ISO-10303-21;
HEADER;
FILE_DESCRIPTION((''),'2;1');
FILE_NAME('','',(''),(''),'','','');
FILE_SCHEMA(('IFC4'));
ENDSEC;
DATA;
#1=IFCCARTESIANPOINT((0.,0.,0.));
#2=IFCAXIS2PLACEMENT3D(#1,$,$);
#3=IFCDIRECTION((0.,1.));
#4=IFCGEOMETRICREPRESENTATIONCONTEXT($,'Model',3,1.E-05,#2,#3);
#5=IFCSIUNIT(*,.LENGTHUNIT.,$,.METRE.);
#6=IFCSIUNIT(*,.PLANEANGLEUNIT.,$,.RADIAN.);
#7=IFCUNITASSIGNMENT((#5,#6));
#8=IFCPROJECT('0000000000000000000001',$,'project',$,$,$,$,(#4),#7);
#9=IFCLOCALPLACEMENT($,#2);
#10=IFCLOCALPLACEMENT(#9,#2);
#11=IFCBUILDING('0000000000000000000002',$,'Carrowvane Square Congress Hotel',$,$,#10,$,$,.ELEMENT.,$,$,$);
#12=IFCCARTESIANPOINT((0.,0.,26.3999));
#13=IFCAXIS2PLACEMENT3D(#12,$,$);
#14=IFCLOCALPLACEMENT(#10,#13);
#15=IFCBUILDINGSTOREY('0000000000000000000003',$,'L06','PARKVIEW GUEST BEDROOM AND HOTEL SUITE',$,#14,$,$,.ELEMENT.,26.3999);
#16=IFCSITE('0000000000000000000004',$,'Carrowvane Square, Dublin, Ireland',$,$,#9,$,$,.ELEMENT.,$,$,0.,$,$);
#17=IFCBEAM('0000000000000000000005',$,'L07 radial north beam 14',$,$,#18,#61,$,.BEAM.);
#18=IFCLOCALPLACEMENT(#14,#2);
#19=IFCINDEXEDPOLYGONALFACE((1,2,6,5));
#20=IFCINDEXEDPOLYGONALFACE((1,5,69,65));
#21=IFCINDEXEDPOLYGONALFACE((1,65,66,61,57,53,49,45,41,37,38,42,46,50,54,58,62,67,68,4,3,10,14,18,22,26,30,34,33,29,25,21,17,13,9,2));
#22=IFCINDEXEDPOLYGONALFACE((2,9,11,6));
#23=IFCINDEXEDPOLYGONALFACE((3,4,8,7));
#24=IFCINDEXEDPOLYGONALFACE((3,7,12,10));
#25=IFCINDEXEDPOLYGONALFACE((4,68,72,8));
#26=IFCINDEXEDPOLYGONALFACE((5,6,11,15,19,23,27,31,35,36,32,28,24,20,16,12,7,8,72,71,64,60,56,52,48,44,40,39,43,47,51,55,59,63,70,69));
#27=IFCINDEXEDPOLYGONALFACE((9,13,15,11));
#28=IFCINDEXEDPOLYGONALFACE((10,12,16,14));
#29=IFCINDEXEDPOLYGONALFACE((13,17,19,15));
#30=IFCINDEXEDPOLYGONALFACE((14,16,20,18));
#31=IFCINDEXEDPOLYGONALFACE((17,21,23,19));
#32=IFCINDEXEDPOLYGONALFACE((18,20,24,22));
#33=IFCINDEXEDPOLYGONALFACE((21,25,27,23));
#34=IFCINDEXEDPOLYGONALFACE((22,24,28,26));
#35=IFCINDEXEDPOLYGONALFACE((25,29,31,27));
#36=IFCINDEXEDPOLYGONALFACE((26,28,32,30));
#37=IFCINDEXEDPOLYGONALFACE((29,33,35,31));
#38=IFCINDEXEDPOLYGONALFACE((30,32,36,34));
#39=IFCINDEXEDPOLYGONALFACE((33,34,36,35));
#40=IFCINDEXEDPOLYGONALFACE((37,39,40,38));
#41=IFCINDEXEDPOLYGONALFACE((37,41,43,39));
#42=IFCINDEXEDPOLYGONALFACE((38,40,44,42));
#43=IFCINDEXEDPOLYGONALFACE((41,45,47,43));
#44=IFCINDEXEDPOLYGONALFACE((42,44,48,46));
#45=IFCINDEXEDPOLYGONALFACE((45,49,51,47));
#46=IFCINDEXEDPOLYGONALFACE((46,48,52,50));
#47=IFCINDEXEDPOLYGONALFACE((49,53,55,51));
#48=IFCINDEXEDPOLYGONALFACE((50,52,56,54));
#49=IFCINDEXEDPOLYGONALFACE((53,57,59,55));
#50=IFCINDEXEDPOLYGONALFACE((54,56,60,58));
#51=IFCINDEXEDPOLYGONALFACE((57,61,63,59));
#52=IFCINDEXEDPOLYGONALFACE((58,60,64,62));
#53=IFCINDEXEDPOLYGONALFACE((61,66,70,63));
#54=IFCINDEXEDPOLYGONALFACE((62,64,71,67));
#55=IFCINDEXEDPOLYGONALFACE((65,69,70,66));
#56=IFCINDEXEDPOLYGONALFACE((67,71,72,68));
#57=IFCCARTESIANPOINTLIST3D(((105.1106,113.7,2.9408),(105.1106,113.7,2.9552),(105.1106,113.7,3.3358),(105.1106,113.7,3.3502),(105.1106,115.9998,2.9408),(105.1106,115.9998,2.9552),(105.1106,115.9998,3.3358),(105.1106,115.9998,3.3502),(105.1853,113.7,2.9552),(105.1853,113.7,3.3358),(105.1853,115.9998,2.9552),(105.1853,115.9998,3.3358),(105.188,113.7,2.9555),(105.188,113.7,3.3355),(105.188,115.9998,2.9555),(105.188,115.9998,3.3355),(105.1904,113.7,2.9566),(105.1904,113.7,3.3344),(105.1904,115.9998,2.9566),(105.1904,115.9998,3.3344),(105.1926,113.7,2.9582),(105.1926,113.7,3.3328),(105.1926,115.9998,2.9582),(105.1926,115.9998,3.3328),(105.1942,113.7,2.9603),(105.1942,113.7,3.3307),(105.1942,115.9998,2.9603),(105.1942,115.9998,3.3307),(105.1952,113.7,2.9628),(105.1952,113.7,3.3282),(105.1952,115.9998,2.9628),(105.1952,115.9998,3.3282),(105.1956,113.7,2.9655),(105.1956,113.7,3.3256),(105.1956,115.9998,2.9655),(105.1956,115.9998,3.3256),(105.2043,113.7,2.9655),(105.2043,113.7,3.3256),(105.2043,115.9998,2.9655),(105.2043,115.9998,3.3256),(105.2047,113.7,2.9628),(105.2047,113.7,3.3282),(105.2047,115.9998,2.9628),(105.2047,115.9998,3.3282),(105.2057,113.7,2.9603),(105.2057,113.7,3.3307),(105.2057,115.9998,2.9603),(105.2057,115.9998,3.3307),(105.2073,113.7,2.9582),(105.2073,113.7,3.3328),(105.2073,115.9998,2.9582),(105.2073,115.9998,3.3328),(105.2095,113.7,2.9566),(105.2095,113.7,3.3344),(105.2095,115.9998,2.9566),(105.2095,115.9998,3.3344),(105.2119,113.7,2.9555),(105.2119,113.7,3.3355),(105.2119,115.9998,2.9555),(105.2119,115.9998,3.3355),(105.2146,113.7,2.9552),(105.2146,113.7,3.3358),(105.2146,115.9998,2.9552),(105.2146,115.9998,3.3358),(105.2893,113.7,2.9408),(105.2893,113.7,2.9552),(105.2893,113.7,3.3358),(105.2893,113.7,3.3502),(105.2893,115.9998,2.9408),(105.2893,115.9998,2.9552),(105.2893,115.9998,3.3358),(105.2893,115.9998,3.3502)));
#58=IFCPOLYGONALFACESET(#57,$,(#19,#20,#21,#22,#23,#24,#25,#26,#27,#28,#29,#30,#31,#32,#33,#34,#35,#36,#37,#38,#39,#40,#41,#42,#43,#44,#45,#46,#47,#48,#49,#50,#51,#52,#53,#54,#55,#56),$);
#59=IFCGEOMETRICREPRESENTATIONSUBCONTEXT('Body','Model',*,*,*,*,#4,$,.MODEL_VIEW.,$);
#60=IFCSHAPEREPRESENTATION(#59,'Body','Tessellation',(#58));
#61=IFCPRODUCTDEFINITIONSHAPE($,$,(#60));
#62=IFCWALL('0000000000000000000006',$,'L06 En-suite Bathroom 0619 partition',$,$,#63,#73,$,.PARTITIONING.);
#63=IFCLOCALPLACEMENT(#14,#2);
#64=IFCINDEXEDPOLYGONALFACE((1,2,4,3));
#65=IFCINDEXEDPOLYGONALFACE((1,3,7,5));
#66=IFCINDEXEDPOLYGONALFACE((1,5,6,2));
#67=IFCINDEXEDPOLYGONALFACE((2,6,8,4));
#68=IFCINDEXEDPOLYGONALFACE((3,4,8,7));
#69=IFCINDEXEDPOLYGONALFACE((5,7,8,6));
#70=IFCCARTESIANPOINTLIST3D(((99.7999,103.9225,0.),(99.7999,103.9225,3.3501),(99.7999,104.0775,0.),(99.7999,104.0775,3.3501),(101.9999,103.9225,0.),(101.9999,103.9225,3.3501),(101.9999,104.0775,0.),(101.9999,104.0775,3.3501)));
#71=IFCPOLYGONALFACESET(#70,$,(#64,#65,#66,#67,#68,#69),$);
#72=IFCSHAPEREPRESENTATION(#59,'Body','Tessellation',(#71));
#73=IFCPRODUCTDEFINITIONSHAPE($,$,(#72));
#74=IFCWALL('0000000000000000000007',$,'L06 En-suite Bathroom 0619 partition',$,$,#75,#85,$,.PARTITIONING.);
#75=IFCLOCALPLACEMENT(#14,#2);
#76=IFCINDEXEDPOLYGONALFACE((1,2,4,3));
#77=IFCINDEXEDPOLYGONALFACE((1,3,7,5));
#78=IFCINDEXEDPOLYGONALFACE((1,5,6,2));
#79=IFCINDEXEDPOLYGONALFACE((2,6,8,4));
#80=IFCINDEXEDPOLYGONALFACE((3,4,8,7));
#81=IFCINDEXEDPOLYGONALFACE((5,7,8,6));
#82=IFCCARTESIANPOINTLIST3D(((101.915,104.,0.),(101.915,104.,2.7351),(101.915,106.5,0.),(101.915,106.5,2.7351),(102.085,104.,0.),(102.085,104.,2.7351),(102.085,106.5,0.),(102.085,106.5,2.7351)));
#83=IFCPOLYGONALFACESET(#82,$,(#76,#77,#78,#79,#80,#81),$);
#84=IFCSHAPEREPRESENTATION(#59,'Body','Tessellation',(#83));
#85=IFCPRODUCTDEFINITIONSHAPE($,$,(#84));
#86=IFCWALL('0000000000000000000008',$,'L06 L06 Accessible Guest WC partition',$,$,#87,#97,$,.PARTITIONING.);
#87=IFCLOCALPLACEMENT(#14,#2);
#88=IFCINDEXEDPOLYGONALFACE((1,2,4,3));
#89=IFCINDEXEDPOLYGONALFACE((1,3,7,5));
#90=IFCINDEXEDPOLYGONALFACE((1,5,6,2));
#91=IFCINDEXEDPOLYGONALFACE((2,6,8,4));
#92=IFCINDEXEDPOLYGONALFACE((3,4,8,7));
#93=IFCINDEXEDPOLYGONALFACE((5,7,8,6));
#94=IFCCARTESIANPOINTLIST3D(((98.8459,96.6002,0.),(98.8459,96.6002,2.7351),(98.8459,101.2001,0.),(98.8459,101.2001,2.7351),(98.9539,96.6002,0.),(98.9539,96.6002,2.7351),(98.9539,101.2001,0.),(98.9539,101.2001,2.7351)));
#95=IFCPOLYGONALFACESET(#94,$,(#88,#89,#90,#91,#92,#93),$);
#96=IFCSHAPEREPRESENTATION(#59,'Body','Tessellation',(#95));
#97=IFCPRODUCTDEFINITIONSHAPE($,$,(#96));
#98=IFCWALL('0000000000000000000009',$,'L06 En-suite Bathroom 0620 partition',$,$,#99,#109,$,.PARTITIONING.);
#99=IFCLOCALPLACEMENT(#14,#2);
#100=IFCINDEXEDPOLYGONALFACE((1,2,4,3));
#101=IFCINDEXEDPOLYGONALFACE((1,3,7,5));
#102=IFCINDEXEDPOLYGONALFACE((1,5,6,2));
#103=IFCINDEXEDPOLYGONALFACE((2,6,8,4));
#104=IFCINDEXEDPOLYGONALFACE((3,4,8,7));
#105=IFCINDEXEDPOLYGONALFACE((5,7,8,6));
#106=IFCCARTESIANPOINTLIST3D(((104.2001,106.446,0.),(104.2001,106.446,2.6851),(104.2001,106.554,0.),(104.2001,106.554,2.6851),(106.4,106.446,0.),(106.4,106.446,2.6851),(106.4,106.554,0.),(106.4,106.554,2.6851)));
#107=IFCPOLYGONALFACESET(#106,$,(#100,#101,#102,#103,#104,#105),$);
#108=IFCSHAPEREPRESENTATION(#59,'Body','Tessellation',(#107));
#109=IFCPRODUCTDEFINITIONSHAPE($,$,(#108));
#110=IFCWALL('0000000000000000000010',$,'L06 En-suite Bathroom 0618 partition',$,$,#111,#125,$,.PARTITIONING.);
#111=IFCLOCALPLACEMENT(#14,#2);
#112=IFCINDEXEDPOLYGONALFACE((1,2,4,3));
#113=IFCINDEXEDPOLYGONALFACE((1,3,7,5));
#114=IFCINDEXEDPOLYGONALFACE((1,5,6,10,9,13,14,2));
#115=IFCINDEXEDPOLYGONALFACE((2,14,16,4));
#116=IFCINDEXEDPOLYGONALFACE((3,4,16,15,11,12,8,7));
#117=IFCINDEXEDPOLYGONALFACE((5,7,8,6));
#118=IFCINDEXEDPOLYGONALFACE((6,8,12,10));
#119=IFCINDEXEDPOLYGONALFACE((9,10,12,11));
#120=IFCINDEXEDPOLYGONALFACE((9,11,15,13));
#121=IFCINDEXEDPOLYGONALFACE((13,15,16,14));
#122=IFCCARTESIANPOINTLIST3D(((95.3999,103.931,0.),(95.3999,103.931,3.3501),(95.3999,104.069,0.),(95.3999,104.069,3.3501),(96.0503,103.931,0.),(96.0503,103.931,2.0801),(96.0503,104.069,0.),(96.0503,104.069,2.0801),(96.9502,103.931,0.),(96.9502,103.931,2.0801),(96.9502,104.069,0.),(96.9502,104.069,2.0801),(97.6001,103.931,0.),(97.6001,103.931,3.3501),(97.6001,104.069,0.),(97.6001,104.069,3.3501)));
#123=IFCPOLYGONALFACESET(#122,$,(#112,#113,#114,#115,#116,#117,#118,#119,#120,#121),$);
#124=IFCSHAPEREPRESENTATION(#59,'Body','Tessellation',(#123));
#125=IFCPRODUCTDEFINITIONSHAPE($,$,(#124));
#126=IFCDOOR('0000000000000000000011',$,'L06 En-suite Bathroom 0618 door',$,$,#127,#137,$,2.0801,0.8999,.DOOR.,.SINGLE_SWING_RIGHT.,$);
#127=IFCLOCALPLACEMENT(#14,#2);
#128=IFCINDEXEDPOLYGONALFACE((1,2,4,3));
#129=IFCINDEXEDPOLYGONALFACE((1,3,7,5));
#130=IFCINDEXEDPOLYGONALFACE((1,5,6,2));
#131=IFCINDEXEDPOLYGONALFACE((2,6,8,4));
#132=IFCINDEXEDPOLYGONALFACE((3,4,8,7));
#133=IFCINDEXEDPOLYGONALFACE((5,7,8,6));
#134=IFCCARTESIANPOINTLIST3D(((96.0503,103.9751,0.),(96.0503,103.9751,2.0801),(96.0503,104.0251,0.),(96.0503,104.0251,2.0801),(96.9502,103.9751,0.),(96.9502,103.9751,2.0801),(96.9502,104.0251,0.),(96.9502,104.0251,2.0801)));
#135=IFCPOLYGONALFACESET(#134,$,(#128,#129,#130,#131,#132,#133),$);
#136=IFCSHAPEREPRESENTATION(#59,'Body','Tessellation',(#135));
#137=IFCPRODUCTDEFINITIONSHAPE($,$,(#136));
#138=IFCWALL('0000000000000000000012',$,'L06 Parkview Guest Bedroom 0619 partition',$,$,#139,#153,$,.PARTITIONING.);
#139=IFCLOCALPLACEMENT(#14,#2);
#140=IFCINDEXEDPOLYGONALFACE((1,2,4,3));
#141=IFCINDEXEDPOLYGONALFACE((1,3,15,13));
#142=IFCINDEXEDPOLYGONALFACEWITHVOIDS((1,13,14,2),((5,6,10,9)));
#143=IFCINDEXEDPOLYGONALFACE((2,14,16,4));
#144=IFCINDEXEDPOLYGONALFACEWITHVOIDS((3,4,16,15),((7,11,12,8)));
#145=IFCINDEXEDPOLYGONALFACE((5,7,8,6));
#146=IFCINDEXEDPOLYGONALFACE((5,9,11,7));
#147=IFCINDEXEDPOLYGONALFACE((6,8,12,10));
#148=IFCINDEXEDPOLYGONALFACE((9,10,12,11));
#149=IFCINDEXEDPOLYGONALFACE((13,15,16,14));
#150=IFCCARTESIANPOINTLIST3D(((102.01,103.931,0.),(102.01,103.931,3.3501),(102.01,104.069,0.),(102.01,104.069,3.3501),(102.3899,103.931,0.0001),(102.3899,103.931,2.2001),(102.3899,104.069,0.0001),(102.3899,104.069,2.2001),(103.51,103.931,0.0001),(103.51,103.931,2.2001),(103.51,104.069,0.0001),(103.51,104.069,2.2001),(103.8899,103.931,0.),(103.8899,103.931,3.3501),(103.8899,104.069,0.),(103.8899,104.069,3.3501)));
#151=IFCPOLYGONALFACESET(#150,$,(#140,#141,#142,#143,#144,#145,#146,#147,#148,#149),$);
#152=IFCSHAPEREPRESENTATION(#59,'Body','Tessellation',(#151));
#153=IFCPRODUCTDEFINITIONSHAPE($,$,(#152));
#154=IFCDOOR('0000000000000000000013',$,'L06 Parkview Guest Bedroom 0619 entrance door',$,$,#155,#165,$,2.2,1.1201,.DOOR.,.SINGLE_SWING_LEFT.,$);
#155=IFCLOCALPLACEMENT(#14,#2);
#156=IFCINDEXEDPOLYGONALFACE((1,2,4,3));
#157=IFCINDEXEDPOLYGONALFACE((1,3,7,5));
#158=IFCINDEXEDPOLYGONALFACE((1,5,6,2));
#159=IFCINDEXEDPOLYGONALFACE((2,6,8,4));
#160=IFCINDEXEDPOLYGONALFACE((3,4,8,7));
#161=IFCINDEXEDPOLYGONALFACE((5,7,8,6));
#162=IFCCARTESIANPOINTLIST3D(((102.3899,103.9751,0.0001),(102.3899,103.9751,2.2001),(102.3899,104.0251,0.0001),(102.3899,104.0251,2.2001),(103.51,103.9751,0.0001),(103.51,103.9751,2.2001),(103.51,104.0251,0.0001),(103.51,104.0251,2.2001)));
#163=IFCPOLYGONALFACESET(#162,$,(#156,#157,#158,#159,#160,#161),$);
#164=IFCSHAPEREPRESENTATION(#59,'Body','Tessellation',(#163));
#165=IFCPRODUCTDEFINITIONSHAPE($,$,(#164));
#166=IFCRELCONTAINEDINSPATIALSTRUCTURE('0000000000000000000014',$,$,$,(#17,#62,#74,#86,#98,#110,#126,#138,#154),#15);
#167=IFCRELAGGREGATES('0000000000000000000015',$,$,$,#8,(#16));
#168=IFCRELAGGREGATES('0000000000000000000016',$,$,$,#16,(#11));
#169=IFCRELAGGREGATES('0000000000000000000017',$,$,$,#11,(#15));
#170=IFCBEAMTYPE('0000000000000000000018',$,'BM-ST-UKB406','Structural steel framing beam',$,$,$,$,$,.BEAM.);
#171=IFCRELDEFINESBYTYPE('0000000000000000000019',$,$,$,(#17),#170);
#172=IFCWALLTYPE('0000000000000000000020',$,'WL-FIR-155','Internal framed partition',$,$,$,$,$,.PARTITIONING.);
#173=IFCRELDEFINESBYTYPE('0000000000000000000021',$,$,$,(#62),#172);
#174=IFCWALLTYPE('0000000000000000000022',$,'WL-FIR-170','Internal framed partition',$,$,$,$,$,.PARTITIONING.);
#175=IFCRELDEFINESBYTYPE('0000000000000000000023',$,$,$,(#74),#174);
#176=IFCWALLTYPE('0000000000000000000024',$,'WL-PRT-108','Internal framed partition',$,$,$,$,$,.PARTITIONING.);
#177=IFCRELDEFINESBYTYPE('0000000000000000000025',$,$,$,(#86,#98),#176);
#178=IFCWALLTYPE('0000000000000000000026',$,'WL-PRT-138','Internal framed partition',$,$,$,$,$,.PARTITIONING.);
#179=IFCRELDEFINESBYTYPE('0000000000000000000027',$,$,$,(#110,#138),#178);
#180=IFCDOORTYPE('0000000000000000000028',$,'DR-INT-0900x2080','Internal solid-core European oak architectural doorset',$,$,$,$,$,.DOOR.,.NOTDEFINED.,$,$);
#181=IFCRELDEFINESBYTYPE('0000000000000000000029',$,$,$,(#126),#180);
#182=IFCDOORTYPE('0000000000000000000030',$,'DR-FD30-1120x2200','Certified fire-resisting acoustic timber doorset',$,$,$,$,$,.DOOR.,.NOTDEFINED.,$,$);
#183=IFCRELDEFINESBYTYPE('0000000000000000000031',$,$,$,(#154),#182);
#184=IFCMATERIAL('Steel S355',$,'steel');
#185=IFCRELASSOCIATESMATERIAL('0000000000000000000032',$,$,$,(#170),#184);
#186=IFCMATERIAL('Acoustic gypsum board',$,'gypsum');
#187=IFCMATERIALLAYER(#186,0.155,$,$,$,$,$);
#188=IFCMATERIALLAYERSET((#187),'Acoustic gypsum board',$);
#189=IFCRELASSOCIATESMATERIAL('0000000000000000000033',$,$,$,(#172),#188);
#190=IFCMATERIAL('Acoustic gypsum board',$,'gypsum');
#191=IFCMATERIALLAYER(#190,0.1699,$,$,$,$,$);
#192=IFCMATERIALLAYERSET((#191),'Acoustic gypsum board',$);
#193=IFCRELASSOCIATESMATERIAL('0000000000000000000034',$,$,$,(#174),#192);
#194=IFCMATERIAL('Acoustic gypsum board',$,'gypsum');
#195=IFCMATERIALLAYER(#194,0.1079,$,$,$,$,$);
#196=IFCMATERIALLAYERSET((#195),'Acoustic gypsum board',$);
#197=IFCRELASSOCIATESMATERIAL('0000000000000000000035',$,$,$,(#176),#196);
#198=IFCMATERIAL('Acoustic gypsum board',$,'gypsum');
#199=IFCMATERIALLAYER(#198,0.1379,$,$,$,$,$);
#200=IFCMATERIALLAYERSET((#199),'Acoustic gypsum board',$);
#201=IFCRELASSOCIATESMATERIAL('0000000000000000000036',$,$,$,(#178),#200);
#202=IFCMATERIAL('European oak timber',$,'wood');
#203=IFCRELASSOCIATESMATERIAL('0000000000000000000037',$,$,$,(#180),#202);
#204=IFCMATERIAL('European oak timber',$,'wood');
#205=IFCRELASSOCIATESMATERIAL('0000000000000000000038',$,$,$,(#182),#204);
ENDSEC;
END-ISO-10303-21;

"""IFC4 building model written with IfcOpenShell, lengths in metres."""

from ifc_helpers import new_model, si_unit, direction, frame, frame_2d, origin, origin_2d, place, context, subcontext, project, spatial, rectangle, i_section, extrude, material, layer, layer_set, material_profile, profile_set, type_object, element, fill, save


model = new_model("IFC4")

# Units and contexts
model_context = context("Model", 3, precision=1e-05, world=origin(), true_north=direction((0.0, 1.0)))
body_context = subcontext(model_context, "Body", "Model", "MODEL_VIEW")
ifc_project = project(units=[si_unit("LENGTHUNIT", "METRE"), si_unit("PLANEANGLEUNIT", "RADIAN")], contexts=[model_context])

# Site, building, storey
site_placement = place(None, origin())
site = spatial("IfcSite", under=ifc_project, at=site_placement, Name="Carrowvane Square, Dublin, Ireland", CompositionType="ELEMENT", RefElevation=0.0)
building_placement = place(site_placement, origin())
building = spatial("IfcBuilding", under=site, at=building_placement, Name="Carrowvane Square Congress Hotel", CompositionType="ELEMENT")
storey_placement = place(building_placement, frame((0.0, 0.0, 26.3999)))
storey = spatial("IfcBuildingStorey", under=building, at=storey_placement, Name="L06", Description="PARKVIEW GUEST BEDROOM AND HOTEL SUITE", CompositionType="ELEMENT", Elevation=26.3999)

# Beam
ifc_material_1 = material(Name="Steel S355", Category="steel")
ifc_material_profile_1 = material_profile(ifc_material_1, i_section(OverallWidth=0.1787, OverallDepth=0.4094, WebThickness=0.0088, FlangeThickness=0.0144, FilletRadius=0.0103, at=origin_2d()), Name="UKB 406x178x67")
ifc_profile_set_1 = profile_set([ifc_material_profile_1], Name="Steel S355")
beam_type_1 = type_object("IfcBeamType", Name="BM-ST-UKB406", Description="Structural steel framing beam", PredefinedType="BEAM", material=ifc_profile_set_1)
beam_1_placement = place(storey_placement, frame((105.2, 113.7, 3.1455), z_axis=(0.0, 1.0, 0.0), x_axis=(-1.0, 0.0, 0.0)))
element("IfcBeam", 1, at=beam_1_placement, inside=storey, type_object=beam_type_1, Name="L07 radial north beam 14", PredefinedType="BEAM", context=body_context, shape_type="SweptSolid", body=[
    extrude(i_section(OverallWidth=0.1787, OverallDepth=0.4094, WebThickness=0.0088, FlangeThickness=0.0144, FilletRadius=0.0103, at=origin_2d()), origin(), (0.0, 0.0, 1.0), 2.2998),
])

# Shared definitions
ifc_material_2 = material(Name="Acoustic gypsum board", Category="gypsum")
ifc_layer_1 = layer(ifc_material_2, 0.155)
ifc_layer_set_1 = layer_set([ifc_layer_1], Name="Acoustic gypsum board")
wall_type_1 = type_object("IfcWallType", Name="WL-FIR-155", Description="Internal framed partition", PredefinedType="PARTITIONING", material=ifc_layer_set_1)

# Walls
wall_1_placement = place(storey_placement, frame((102.0, 104.0, 0.0), z_axis=(0.0, 0.0, 1.0), x_axis=(-1.0, 0.0, 0.0)))
element("IfcWall", 2, at=wall_1_placement, inside=storey, type_object=wall_type_1, Name="L06 En-suite Bathroom 0619 partition", PredefinedType="PARTITIONING", context=body_context, shape_type="SweptSolid", body=[
    extrude(rectangle(XDim=2.2, YDim=0.155, at=frame_2d((1.1001, 0.0))), origin(), (0.0, 0.0, 1.0), 3.3501),
])
ifc_material_3 = material(Name="Acoustic gypsum board", Category="gypsum")
ifc_layer_2 = layer(ifc_material_3, 0.1699)
ifc_layer_set_2 = layer_set([ifc_layer_2], Name="Acoustic gypsum board")
wall_type_2 = type_object("IfcWallType", Name="WL-FIR-170", Description="Internal framed partition", PredefinedType="PARTITIONING", material=ifc_layer_set_2)
wall_2_placement = place(storey_placement, frame((102.0, 106.5, 0.0), z_axis=(0.0, 0.0, 1.0), x_axis=(0.0, -1.0, 0.0)))
element("IfcWall", 3, at=wall_2_placement, inside=storey, type_object=wall_type_2, Name="L06 En-suite Bathroom 0619 partition", PredefinedType="PARTITIONING", context=body_context, shape_type="SweptSolid", body=[
    extrude(rectangle(XDim=2.5, YDim=0.1699, at=frame_2d((1.25, 0.0))), origin(), (0.0, 0.0, 1.0), 2.7351),
])

# Walls
ifc_material_4 = material(Name="Acoustic gypsum board", Category="gypsum")
ifc_layer_3 = layer(ifc_material_4, 0.1079)
ifc_layer_set_3 = layer_set([ifc_layer_3], Name="Acoustic gypsum board")
wall_type_3 = type_object("IfcWallType", Name="WL-PRT-108", Description="Internal framed partition", PredefinedType="PARTITIONING", material=ifc_layer_set_3)
wall_3_placement = place(storey_placement, frame((98.8999, 101.2, 0.0), z_axis=(0.0, 0.0, 1.0), x_axis=(0.0, -1.0, 0.0)))
element("IfcWall", 4, at=wall_3_placement, inside=storey, type_object=wall_type_3, Name="L06 L06 Accessible Guest WC partition", PredefinedType="PARTITIONING", context=body_context, shape_type="SweptSolid", body=[
    extrude(rectangle(XDim=4.5999, YDim=0.1079, at=frame_2d((2.2998, 0.0))), origin(), (0.0, 0.0, 1.0), 2.7351),
])
wall_4_placement = place(storey_placement, frame((104.2, 106.5, 0.0), z_axis=(0.0, 0.0, 1.0), x_axis=(1.0, 0.0, 0.0)))
element("IfcWall", 5, at=wall_4_placement, inside=storey, type_object=wall_type_3, Name="L06 En-suite Bathroom 0620 partition", PredefinedType="PARTITIONING", context=body_context, shape_type="SweptSolid", body=[
    extrude(rectangle(XDim=2.2, YDim=0.1079, at=frame_2d((1.1001, 0.0))), origin(), (0.0, 0.0, 1.0), 2.6851),
])

# Walls, openings, doors
ifc_material_5 = material(Name="Acoustic gypsum board", Category="gypsum")
ifc_layer_4 = layer(ifc_material_5, 0.1379)
ifc_layer_set_4 = layer_set([ifc_layer_4], Name="Acoustic gypsum board")
wall_type_4 = type_object("IfcWallType", Name="WL-PRT-138", Description="Internal framed partition", PredefinedType="PARTITIONING", material=ifc_layer_set_4)
wall_5_placement = place(storey_placement, frame((97.6001, 104.0, 0.0), z_axis=(0.0, 0.0, 1.0), x_axis=(-1.0, 0.0, 0.0)))
wall_5 = element("IfcWall", 6, at=wall_5_placement, inside=storey, type_object=wall_type_4, Name="L06 En-suite Bathroom 0618 partition", PredefinedType="PARTITIONING", context=body_context, shape_type="SweptSolid", body=[
    extrude(rectangle(XDim=2.2002, YDim=0.1379, at=frame_2d((1.1001, 0.0))), origin(), (0.0, 0.0, 1.0), 3.3501),
])
opening_1_placement = place(wall_5_placement, frame((0.6499, 0.0, 0.0)))
opening_1 = element("IfcOpeningElement", 7, at=opening_1_placement, cuts=wall_5, PredefinedType="OPENING", context=body_context, shape_type="SweptSolid", body=[
    extrude(rectangle(XDim=0.8999, YDim=2.0801, at=frame_2d((0.45, 1.04))), frame((0.0, 0.0789, 0.0), z_axis=(0.0, -1.0, 0.0), x_axis=(1.0, 0.0, 0.0)), (0.0, 0.0, 1.0), 0.158),
])
ifc_material_6 = material(Name="European oak timber", Category="wood")
door_type_1 = type_object("IfcDoorType", Name="DR-INT-0900x2080", Description="Internal solid-core European oak architectural doorset", OperationType="NOTDEFINED", PredefinedType="DOOR", material=ifc_material_6)
door_1_placement = place(opening_1_placement, origin())
door_1 = element("IfcDoor", 8, at=door_1_placement, inside=storey, type_object=door_type_1, Name="L06 En-suite Bathroom 0618 door", OperationType="SINGLE_SWING_RIGHT", OverallHeight=2.0801, OverallWidth=0.8999, PredefinedType="DOOR", context=body_context, shape_type="SweptSolid", body=[
    extrude(rectangle(XDim=0.8999, YDim=2.0801, at=frame_2d((0.45, 1.04))), frame((0.0, 0.0249, 0.0), z_axis=(0.0, -1.0, 0.0), x_axis=(1.0, 0.0, 0.0)), (0.0, 0.0, 1.0), 0.05),
])
fill(opening_1, door_1)
wall_6_placement = place(storey_placement, frame((103.8899, 104.0, 0.0), z_axis=(0.0, 0.0, 1.0), x_axis=(-1.0, 0.0, 0.0)))
wall_6 = element("IfcWall", 9, at=wall_6_placement, inside=storey, type_object=wall_type_4, Name="L06 Parkview Guest Bedroom 0619 partition", PredefinedType="PARTITIONING", context=body_context, shape_type="SweptSolid", body=[
    extrude(rectangle(XDim=1.8799, YDim=0.1379, at=frame_2d((0.9399, 0.0))), origin(), (0.0, 0.0, 1.0), 3.3501),
])
opening_2_placement = place(wall_6_placement, frame((0.3799, 0.0, 0.0)))
opening_2 = element("IfcOpeningElement", 10, at=opening_2_placement, cuts=wall_6, PredefinedType="OPENING", context=body_context, shape_type="SweptSolid", body=[
    extrude(rectangle(XDim=1.1201, YDim=2.2, at=frame_2d((0.5601, 1.1001))), frame((0.0, 0.0789, 0.0), z_axis=(0.0, -1.0, 0.0), x_axis=(1.0, 0.0, 0.0)), (0.0, 0.0, 1.0), 0.158),
])
ifc_material_7 = material(Name="European oak timber", Category="wood")
door_type_2 = type_object("IfcDoorType", Name="DR-FD30-1120x2200", Description="Certified fire-resisting acoustic timber doorset", OperationType="NOTDEFINED", PredefinedType="DOOR", material=ifc_material_7)
door_2_placement = place(opening_2_placement, origin())
door_2 = element("IfcDoor", 11, at=door_2_placement, inside=storey, type_object=door_type_2, Name="L06 Parkview Guest Bedroom 0619 entrance door", OperationType="SINGLE_SWING_LEFT", OverallHeight=2.2, OverallWidth=1.1201, PredefinedType="DOOR", context=body_context, shape_type="SweptSolid", body=[
    extrude(rectangle(XDim=1.1201, YDim=2.2, at=frame_2d((0.5601, 1.1001))), frame((0.0, 0.0249, 0.0), z_axis=(0.0, -1.0, 0.0), x_axis=(1.0, 0.0, 0.0)), (0.0, 0.0, 1.0), 0.05),
])
fill(opening_2, door_2)

save(model, "model.ifc")
